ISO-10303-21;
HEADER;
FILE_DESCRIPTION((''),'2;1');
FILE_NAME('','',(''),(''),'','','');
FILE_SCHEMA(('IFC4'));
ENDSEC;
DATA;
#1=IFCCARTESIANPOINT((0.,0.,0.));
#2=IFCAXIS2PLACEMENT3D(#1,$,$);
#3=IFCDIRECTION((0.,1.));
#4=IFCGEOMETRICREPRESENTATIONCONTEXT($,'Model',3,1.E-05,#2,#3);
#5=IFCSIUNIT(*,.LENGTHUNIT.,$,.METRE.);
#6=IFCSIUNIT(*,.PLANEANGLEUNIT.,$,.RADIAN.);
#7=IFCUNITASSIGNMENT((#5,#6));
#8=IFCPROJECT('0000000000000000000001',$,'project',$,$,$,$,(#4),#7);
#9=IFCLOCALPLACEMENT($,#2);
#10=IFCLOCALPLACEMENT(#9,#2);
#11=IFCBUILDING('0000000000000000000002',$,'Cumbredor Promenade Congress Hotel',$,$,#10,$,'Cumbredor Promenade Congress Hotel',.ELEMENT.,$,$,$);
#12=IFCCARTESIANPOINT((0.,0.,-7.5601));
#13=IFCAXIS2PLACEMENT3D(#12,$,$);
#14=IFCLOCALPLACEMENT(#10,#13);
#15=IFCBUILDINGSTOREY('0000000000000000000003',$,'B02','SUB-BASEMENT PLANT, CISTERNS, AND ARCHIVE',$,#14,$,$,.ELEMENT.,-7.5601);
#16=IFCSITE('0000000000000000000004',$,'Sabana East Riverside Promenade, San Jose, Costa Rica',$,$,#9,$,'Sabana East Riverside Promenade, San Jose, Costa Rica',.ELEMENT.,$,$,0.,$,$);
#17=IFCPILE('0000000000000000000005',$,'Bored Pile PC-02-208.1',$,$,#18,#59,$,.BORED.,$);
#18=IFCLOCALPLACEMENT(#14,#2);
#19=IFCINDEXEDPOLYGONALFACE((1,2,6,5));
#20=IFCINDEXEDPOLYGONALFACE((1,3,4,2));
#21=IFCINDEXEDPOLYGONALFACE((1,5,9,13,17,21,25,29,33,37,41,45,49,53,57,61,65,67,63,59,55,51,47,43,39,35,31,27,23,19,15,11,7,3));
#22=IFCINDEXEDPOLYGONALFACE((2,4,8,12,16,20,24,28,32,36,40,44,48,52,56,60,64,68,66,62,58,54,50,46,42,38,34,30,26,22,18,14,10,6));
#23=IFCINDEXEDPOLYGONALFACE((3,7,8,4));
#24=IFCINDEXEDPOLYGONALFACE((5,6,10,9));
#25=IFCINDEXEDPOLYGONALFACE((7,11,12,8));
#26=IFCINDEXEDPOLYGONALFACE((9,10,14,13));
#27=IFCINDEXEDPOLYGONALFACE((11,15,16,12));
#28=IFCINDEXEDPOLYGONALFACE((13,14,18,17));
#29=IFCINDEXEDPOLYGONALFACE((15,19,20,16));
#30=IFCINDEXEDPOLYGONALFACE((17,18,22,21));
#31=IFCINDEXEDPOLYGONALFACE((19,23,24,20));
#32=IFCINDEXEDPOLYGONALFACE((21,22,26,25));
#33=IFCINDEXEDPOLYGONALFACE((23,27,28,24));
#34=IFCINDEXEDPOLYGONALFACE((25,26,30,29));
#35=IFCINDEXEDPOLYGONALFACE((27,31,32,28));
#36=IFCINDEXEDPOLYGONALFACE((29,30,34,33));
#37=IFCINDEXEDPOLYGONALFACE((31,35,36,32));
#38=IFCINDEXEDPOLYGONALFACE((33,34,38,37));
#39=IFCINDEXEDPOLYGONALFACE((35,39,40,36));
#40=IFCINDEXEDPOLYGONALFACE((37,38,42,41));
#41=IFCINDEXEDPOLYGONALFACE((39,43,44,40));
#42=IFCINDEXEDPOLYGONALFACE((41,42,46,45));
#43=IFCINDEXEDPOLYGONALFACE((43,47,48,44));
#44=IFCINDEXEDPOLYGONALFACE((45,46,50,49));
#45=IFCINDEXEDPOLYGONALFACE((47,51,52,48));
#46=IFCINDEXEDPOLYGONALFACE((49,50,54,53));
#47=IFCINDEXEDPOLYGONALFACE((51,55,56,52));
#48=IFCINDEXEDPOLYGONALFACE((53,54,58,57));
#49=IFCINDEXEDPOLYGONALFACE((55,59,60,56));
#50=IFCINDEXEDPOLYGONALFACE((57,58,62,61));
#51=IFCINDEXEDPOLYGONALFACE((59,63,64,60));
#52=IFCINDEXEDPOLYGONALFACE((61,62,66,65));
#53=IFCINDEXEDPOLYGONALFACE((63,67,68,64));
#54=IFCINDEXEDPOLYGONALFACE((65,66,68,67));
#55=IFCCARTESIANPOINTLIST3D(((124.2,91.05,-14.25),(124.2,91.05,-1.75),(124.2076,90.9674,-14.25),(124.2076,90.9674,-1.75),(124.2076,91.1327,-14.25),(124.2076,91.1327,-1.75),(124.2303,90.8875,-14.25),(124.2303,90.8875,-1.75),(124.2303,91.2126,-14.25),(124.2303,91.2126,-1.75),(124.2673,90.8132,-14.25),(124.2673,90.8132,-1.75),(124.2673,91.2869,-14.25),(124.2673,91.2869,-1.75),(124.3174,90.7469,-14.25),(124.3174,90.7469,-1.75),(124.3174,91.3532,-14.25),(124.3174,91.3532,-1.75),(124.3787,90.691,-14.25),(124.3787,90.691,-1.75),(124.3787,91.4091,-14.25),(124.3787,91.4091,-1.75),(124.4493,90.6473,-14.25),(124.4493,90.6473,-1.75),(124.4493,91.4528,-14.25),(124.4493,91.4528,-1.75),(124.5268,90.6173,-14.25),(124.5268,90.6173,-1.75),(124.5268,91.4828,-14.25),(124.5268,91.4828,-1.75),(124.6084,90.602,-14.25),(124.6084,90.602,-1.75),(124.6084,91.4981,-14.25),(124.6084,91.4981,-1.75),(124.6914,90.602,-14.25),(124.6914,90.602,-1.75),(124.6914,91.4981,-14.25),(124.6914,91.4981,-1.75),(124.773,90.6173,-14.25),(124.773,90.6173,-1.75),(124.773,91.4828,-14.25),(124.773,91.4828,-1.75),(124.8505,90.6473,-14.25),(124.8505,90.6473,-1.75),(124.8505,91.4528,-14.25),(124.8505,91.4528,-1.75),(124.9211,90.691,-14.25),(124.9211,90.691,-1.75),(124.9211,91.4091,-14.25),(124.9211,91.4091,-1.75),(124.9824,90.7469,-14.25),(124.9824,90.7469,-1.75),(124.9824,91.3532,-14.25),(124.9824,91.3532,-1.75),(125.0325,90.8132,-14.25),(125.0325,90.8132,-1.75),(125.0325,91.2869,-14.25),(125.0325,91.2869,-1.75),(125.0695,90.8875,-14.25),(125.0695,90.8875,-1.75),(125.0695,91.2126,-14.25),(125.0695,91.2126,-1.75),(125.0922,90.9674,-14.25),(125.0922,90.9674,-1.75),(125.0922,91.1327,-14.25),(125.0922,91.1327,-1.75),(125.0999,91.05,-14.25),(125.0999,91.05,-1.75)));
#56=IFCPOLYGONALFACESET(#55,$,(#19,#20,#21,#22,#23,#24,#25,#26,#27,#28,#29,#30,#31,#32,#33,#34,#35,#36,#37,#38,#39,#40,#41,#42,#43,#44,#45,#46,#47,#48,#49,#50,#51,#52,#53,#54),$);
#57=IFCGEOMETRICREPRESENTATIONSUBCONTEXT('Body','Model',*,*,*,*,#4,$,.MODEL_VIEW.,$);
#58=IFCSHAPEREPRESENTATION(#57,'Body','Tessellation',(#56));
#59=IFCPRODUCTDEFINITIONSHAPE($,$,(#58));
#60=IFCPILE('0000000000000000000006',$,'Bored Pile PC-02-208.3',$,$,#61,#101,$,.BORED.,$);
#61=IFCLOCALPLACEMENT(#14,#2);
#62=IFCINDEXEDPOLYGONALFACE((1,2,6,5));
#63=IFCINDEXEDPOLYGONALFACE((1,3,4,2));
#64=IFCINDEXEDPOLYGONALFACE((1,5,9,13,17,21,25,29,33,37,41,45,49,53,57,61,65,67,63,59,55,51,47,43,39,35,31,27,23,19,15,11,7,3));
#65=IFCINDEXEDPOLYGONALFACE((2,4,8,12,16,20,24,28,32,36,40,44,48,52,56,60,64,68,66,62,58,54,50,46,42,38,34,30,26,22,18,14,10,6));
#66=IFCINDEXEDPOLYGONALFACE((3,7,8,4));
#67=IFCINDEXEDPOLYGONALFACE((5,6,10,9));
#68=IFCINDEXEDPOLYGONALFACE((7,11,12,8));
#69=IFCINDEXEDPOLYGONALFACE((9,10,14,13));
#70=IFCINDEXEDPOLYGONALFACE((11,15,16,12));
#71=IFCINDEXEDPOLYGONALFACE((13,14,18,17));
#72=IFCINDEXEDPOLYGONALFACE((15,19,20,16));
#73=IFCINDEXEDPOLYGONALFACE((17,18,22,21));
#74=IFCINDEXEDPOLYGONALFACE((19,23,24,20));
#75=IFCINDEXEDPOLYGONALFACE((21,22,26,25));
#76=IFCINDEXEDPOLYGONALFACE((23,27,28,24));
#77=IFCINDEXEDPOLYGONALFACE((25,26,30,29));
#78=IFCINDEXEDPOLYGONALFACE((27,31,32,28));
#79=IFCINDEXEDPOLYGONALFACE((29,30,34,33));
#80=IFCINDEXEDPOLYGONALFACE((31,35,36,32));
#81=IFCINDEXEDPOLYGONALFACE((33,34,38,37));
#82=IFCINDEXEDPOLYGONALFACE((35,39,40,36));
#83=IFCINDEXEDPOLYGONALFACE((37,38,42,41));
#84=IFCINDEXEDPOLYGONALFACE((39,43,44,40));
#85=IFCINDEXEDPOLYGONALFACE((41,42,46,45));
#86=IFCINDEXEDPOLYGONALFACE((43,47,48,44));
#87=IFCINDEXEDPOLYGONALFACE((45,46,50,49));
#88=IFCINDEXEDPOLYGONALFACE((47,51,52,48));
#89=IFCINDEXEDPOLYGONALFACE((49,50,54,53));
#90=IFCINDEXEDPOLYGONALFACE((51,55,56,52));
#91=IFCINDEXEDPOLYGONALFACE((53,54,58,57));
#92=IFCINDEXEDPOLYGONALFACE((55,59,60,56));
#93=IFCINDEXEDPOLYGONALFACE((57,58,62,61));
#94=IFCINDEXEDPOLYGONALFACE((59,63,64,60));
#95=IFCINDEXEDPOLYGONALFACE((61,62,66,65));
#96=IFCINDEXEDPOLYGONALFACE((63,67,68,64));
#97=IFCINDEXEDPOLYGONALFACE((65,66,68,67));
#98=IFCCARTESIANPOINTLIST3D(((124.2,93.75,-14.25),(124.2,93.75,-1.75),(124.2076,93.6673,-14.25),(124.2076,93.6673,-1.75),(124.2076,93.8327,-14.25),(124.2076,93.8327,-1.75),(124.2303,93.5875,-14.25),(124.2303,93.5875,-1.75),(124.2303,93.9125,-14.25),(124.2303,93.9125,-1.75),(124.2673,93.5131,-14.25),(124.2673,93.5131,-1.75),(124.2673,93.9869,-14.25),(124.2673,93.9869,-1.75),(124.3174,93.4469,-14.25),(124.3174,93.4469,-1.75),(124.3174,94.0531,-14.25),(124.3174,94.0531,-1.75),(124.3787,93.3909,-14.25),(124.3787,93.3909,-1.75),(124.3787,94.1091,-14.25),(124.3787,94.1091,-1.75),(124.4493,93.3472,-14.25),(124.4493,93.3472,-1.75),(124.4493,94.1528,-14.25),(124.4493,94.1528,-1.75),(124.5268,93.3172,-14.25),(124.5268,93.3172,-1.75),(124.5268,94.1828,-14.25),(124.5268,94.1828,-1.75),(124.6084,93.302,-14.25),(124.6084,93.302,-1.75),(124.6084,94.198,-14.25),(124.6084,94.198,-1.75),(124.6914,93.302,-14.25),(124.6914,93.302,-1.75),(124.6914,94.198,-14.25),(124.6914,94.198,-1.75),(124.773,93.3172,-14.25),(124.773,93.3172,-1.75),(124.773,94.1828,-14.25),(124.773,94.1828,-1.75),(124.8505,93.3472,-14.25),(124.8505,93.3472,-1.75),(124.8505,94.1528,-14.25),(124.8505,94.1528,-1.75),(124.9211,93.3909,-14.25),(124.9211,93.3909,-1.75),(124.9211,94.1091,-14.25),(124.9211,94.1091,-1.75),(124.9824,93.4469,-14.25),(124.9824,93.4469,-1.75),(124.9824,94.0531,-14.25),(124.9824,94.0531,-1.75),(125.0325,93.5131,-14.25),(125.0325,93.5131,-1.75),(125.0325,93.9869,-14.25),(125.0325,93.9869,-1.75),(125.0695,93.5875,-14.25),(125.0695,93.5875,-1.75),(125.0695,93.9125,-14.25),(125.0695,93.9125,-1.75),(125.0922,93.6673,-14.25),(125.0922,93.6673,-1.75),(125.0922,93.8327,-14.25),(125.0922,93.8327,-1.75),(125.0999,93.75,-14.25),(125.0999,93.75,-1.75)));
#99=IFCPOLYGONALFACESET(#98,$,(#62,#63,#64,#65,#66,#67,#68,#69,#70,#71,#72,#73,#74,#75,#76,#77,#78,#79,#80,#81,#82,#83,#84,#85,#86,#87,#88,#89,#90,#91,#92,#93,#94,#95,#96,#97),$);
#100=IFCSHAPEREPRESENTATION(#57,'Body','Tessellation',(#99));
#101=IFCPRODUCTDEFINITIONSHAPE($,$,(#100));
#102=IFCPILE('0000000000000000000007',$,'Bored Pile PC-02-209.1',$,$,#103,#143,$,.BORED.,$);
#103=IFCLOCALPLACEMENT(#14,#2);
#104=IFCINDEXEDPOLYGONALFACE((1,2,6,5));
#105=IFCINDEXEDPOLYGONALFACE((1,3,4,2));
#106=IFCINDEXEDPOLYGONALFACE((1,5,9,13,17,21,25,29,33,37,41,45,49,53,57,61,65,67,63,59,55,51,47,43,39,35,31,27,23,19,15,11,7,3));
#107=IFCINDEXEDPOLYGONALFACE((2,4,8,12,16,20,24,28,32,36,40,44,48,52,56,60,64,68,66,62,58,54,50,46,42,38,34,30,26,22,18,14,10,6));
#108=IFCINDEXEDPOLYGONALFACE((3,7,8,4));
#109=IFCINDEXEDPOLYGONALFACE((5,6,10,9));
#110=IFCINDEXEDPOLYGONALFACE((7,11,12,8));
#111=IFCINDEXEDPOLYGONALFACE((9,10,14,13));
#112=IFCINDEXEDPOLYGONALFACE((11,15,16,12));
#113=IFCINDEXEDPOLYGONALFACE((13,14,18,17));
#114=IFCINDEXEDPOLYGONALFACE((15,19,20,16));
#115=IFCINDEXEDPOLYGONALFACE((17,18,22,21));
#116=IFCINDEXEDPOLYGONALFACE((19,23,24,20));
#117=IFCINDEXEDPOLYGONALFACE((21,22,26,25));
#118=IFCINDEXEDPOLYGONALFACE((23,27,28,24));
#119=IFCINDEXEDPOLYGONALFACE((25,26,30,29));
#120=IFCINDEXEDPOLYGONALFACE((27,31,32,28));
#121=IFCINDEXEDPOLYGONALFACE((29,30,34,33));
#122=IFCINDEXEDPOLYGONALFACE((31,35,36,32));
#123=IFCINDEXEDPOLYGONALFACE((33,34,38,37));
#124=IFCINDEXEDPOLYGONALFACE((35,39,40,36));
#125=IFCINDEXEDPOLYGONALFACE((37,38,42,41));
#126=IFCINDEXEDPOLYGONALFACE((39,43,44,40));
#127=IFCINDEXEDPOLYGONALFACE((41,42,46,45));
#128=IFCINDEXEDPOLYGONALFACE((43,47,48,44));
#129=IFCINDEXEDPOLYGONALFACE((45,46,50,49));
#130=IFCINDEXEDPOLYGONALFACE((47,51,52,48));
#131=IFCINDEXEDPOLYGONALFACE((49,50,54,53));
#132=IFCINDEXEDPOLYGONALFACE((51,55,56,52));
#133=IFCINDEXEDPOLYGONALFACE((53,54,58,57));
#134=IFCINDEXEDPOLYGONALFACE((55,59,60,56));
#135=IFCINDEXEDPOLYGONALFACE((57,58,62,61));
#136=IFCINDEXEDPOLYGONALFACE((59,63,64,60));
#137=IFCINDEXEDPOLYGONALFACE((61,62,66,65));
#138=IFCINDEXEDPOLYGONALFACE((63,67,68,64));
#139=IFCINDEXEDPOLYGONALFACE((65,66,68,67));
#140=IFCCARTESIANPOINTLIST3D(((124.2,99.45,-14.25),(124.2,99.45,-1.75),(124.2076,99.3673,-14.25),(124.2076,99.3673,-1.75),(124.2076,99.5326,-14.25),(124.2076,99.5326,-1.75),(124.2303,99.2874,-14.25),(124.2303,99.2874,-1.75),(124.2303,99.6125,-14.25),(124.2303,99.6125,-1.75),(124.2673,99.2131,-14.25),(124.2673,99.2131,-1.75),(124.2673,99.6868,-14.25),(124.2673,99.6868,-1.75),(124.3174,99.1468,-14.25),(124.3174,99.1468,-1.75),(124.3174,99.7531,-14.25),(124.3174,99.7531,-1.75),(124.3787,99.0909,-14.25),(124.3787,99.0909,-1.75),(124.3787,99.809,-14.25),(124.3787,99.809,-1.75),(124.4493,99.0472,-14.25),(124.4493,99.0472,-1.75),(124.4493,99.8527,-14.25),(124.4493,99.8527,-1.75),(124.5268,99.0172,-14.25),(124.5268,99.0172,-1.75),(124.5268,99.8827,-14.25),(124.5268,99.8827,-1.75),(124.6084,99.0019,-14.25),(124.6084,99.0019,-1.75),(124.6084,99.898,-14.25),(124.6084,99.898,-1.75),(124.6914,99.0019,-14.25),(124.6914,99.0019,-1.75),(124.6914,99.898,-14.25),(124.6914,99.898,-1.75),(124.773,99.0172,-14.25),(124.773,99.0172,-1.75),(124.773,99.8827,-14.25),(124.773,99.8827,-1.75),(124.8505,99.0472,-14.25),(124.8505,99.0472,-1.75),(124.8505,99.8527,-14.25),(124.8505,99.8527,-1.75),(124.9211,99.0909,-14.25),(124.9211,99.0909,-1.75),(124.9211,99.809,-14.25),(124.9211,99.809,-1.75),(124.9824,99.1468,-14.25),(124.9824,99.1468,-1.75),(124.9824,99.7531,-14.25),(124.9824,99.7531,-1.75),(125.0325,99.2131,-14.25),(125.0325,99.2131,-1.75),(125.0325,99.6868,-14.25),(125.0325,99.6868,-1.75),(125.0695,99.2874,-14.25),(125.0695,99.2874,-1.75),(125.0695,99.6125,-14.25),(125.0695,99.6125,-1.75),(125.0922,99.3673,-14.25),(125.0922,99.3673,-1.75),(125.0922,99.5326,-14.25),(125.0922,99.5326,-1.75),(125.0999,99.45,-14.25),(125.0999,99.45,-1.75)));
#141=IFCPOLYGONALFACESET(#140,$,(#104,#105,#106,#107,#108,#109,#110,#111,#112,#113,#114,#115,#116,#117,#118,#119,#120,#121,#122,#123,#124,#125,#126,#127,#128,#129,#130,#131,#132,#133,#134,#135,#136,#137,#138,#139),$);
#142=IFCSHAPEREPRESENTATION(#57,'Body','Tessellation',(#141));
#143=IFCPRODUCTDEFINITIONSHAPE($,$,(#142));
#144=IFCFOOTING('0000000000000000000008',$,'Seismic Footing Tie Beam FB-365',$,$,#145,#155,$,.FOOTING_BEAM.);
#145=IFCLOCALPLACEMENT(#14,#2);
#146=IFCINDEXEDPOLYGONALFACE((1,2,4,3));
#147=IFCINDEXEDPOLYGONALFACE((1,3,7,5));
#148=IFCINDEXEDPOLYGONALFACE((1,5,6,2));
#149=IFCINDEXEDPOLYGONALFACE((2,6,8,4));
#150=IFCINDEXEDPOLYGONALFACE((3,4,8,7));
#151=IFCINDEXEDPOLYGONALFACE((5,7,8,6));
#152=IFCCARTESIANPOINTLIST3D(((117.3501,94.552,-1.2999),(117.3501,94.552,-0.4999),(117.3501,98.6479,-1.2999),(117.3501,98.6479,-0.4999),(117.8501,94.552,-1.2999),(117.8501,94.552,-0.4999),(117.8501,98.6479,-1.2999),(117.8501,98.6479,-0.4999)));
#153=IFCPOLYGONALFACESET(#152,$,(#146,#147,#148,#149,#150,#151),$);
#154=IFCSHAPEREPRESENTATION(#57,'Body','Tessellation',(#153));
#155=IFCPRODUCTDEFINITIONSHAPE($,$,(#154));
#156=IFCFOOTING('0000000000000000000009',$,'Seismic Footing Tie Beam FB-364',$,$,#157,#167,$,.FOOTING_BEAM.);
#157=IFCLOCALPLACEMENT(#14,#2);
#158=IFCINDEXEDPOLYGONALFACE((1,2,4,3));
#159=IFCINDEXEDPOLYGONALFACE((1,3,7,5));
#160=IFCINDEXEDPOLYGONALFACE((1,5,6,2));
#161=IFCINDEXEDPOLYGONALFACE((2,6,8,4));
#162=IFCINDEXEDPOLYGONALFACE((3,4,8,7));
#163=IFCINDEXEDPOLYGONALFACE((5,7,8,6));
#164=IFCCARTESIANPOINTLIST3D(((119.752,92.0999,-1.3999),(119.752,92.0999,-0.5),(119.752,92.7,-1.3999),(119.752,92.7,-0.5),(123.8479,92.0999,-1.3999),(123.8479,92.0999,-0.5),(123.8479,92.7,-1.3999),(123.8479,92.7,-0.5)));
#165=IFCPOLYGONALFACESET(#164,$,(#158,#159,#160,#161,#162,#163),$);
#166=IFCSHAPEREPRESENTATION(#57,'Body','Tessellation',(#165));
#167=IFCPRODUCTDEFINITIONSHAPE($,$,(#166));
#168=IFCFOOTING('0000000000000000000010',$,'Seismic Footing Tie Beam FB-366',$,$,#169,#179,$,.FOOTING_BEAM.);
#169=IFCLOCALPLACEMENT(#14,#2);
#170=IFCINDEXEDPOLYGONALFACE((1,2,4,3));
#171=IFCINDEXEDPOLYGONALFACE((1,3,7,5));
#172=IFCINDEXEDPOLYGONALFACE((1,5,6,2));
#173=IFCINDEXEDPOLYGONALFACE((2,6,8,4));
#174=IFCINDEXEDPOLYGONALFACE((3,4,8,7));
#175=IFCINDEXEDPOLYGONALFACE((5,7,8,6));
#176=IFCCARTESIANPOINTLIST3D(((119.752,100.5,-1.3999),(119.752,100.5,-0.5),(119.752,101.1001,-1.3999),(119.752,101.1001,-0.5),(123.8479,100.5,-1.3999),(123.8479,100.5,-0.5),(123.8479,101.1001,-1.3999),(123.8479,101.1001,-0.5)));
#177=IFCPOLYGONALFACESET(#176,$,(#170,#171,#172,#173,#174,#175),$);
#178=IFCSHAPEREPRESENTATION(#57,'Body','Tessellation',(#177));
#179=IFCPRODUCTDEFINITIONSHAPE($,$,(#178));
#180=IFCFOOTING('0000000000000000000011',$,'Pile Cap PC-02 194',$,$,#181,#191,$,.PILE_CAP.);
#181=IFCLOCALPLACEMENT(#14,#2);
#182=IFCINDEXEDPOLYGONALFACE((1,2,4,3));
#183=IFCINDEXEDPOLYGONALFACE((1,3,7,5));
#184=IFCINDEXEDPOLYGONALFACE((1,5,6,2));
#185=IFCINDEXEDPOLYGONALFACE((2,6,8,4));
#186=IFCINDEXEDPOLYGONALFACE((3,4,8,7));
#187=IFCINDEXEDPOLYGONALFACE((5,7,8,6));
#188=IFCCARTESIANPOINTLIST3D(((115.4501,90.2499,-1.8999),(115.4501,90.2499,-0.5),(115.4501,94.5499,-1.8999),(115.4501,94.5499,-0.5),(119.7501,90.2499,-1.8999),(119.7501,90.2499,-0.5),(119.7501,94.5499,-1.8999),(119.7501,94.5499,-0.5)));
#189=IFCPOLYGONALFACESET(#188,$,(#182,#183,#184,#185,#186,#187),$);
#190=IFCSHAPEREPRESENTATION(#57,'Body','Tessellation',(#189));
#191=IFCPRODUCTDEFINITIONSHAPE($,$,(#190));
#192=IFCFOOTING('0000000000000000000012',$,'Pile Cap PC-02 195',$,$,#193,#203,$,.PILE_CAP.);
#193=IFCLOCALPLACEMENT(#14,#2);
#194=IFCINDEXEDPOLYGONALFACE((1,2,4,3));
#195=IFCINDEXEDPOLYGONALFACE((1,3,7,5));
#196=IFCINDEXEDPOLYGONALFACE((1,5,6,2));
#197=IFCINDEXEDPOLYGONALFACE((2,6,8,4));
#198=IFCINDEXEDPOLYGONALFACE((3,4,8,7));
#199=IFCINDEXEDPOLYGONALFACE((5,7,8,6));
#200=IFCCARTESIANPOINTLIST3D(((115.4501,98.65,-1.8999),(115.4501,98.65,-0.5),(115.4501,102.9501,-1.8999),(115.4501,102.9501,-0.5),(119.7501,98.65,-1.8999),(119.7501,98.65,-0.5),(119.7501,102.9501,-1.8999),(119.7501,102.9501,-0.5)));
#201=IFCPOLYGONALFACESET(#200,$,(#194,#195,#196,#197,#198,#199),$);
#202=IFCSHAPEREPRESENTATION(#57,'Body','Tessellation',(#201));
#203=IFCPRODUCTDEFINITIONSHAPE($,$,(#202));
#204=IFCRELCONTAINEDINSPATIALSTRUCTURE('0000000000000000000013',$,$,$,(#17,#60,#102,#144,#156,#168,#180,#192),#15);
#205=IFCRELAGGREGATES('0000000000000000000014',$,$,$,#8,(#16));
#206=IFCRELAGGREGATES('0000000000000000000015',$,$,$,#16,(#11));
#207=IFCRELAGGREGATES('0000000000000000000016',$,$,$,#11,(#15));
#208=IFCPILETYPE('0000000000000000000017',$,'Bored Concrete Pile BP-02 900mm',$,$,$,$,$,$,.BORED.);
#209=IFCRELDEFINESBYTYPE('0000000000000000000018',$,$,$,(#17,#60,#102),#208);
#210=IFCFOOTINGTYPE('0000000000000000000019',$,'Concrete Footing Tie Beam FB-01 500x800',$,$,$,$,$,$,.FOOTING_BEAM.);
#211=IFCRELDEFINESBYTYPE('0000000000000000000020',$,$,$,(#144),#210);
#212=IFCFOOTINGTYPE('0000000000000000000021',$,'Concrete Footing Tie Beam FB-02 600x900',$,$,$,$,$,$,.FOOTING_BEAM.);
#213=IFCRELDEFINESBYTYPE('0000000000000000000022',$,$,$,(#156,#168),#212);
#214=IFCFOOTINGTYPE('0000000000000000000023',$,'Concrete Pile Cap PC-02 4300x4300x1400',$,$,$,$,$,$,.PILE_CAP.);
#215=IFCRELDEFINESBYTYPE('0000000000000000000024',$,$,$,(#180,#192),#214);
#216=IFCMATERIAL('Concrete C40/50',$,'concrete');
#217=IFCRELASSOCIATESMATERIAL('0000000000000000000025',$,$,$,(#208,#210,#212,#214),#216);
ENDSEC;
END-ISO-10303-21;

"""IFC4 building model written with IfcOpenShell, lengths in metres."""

from ifc_helpers import new_model, si_unit, direction, frame, origin, origin_2d, place, context, subcontext, project, spatial, rectangle, circle, extrude, material, material_profile, profile_set, type_object, element, save


model = new_model("IFC4")

# Units and contexts
model_context = context("Model", 3, precision=1e-05, world=origin(), true_north=direction((0.0, 1.0)))
body_context = subcontext(model_context, "Body", "Model", "MODEL_VIEW")
ifc_project = project(units=[si_unit("LENGTHUNIT", "METRE"), si_unit("PLANEANGLEUNIT", "RADIAN")], contexts=[model_context])

# Site, building, storey
site_placement = place(None, origin())
site = spatial("IfcSite", under=ifc_project, at=site_placement, Name="Sabana East Riverside Promenade, San Jose, Costa Rica", LongName="Sabana East Riverside Promenade, San Jose, Costa Rica", CompositionType="ELEMENT", RefElevation=0.0)
building_placement = place(site_placement, origin())
building = spatial("IfcBuilding", under=site, at=building_placement, Name="Cumbredor Promenade Congress Hotel", LongName="Cumbredor Promenade Congress Hotel", CompositionType="ELEMENT")
storey_placement = place(building_placement, frame((0.0, 0.0, -7.5601)))
storey = spatial("IfcBuildingStorey", under=building, at=storey_placement, Name="B02", Description="SUB-BASEMENT PLANT, CISTERNS, AND ARCHIVE", CompositionType="ELEMENT", Elevation=-7.5601)

# Piles
ifc_material_1 = material(Name="Concrete C40/50", Category="concrete")
ifc_material_profile_1 = material_profile(ifc_material_1, circle(Radius=0.45, at=origin_2d()), Name="PILE D900")
ifc_profile_set_1 = profile_set([ifc_material_profile_1], Name="Concrete C40/50")
pile_type = type_object("IfcPileType", Name="Bored Concrete Pile BP-02 900mm", PredefinedType="BORED", material=ifc_profile_set_1)
for number, where, z_axis, x_axis, name in (
    (1, (124.6499, 91.05, -1.75), (0.0, 0.0, -1.0), (1.0, 0.0, 0.0), "Bored Pile PC-02-208.1"),
    (2, (124.6499, 93.75, -1.75), (0.0, 0.0, -1.0), (1.0, 0.0, 0.0), "Bored Pile PC-02-208.3"),
    (3, (124.6499, 99.45, -1.75), (0.0, 0.0, -1.0), (1.0, 0.0, 0.0), "Bored Pile PC-02-209.1"),
):
    element("IfcPile", number, at=place(storey_placement, frame(where, z_axis=z_axis, x_axis=x_axis)), inside=storey, type_object=pile_type, Name=name, PredefinedType="BORED", context=body_context, shape_type="SweptSolid", body=[
        extrude(circle(Radius=0.45, at=origin_2d()), origin(), (0.0, 0.0, 1.0), 12.5),
    ])

# Footings
ifc_material_profile_2 = material_profile(ifc_material_1, rectangle(XDim=0.5, YDim=0.8, at=origin_2d()), Name="FB 500x800")
ifc_profile_set_2 = profile_set([ifc_material_profile_2], Name="Concrete C40/50")
footing_type_1 = type_object("IfcFootingType", Name="Concrete Footing Tie Beam FB-01 500x800", PredefinedType="FOOTING_BEAM", material=ifc_profile_set_2)
footing_placement = place(storey_placement, frame((117.6001, 94.552, -0.8999), z_axis=(0.0, 1.0, 0.0), x_axis=(-1.0, 0.0, 0.0)))
element("IfcFooting", 4, at=footing_placement, inside=storey, type_object=footing_type_1, Name="Seismic Footing Tie Beam FB-365", PredefinedType="FOOTING_BEAM", context=body_context, shape_type="SweptSolid", body=[
    extrude(rectangle(XDim=0.5, YDim=0.8, at=origin_2d()), origin(), (0.0, 0.0, 1.0), 4.0959),
])
ifc_material_profile_3 = material_profile(ifc_material_1, rectangle(XDim=0.6001, YDim=0.8999, at=origin_2d()), Name="FB 600x900")
ifc_profile_set_3 = profile_set([ifc_material_profile_3], Name="Concrete C40/50")
footing_type_2 = type_object("IfcFootingType", Name="Concrete Footing Tie Beam FB-02 600x900", PredefinedType="FOOTING_BEAM", material=ifc_profile_set_3)
for number, where, z_axis, x_axis, name in (
    (5, (119.752, 92.3999, -0.95), (1.0, 0.0, 0.0), (0.0, 1.0, 0.0), "Seismic Footing Tie Beam FB-364"),
    (6, (119.752, 100.8, -0.95), (1.0, 0.0, 0.0), (0.0, 1.0, 0.0), "Seismic Footing Tie Beam FB-366"),
):
    element("IfcFooting", number, at=place(storey_placement, frame(where, z_axis=z_axis, x_axis=x_axis)), inside=storey, type_object=footing_type_2, Name=name, PredefinedType="FOOTING_BEAM", context=body_context, shape_type="SweptSolid", body=[
        extrude(rectangle(XDim=0.6001, YDim=0.8999, at=origin_2d()), origin(), (0.0, 0.0, 1.0), 4.0959),
    ])
footing_type_3 = type_object("IfcFootingType", Name="Concrete Pile Cap PC-02 4300x4300x1400", PredefinedType="PILE_CAP", material=ifc_material_1)
for number, where, z_axis, x_axis, name in (
    (7, (117.6001, 92.3999, -1.8999), (0.0, 0.0, 1.0), (1.0, 0.0, 0.0), "Pile Cap PC-02 194"),
    (8, (117.6001, 100.8, -1.8999), (0.0, 0.0, 1.0), (1.0, 0.0, 0.0), "Pile Cap PC-02 195"),
):
    element("IfcFooting", number, at=place(storey_placement, frame(where, z_axis=z_axis, x_axis=x_axis)), inside=storey, type_object=footing_type_3, Name=name, PredefinedType="PILE_CAP", context=body_context, shape_type="SweptSolid", body=[
        extrude(rectangle(XDim=4.3, YDim=4.3, at=origin_2d()), origin(), (0.0, 0.0, 1.0), 1.3999),
    ])

save(model, "model.ifc")
